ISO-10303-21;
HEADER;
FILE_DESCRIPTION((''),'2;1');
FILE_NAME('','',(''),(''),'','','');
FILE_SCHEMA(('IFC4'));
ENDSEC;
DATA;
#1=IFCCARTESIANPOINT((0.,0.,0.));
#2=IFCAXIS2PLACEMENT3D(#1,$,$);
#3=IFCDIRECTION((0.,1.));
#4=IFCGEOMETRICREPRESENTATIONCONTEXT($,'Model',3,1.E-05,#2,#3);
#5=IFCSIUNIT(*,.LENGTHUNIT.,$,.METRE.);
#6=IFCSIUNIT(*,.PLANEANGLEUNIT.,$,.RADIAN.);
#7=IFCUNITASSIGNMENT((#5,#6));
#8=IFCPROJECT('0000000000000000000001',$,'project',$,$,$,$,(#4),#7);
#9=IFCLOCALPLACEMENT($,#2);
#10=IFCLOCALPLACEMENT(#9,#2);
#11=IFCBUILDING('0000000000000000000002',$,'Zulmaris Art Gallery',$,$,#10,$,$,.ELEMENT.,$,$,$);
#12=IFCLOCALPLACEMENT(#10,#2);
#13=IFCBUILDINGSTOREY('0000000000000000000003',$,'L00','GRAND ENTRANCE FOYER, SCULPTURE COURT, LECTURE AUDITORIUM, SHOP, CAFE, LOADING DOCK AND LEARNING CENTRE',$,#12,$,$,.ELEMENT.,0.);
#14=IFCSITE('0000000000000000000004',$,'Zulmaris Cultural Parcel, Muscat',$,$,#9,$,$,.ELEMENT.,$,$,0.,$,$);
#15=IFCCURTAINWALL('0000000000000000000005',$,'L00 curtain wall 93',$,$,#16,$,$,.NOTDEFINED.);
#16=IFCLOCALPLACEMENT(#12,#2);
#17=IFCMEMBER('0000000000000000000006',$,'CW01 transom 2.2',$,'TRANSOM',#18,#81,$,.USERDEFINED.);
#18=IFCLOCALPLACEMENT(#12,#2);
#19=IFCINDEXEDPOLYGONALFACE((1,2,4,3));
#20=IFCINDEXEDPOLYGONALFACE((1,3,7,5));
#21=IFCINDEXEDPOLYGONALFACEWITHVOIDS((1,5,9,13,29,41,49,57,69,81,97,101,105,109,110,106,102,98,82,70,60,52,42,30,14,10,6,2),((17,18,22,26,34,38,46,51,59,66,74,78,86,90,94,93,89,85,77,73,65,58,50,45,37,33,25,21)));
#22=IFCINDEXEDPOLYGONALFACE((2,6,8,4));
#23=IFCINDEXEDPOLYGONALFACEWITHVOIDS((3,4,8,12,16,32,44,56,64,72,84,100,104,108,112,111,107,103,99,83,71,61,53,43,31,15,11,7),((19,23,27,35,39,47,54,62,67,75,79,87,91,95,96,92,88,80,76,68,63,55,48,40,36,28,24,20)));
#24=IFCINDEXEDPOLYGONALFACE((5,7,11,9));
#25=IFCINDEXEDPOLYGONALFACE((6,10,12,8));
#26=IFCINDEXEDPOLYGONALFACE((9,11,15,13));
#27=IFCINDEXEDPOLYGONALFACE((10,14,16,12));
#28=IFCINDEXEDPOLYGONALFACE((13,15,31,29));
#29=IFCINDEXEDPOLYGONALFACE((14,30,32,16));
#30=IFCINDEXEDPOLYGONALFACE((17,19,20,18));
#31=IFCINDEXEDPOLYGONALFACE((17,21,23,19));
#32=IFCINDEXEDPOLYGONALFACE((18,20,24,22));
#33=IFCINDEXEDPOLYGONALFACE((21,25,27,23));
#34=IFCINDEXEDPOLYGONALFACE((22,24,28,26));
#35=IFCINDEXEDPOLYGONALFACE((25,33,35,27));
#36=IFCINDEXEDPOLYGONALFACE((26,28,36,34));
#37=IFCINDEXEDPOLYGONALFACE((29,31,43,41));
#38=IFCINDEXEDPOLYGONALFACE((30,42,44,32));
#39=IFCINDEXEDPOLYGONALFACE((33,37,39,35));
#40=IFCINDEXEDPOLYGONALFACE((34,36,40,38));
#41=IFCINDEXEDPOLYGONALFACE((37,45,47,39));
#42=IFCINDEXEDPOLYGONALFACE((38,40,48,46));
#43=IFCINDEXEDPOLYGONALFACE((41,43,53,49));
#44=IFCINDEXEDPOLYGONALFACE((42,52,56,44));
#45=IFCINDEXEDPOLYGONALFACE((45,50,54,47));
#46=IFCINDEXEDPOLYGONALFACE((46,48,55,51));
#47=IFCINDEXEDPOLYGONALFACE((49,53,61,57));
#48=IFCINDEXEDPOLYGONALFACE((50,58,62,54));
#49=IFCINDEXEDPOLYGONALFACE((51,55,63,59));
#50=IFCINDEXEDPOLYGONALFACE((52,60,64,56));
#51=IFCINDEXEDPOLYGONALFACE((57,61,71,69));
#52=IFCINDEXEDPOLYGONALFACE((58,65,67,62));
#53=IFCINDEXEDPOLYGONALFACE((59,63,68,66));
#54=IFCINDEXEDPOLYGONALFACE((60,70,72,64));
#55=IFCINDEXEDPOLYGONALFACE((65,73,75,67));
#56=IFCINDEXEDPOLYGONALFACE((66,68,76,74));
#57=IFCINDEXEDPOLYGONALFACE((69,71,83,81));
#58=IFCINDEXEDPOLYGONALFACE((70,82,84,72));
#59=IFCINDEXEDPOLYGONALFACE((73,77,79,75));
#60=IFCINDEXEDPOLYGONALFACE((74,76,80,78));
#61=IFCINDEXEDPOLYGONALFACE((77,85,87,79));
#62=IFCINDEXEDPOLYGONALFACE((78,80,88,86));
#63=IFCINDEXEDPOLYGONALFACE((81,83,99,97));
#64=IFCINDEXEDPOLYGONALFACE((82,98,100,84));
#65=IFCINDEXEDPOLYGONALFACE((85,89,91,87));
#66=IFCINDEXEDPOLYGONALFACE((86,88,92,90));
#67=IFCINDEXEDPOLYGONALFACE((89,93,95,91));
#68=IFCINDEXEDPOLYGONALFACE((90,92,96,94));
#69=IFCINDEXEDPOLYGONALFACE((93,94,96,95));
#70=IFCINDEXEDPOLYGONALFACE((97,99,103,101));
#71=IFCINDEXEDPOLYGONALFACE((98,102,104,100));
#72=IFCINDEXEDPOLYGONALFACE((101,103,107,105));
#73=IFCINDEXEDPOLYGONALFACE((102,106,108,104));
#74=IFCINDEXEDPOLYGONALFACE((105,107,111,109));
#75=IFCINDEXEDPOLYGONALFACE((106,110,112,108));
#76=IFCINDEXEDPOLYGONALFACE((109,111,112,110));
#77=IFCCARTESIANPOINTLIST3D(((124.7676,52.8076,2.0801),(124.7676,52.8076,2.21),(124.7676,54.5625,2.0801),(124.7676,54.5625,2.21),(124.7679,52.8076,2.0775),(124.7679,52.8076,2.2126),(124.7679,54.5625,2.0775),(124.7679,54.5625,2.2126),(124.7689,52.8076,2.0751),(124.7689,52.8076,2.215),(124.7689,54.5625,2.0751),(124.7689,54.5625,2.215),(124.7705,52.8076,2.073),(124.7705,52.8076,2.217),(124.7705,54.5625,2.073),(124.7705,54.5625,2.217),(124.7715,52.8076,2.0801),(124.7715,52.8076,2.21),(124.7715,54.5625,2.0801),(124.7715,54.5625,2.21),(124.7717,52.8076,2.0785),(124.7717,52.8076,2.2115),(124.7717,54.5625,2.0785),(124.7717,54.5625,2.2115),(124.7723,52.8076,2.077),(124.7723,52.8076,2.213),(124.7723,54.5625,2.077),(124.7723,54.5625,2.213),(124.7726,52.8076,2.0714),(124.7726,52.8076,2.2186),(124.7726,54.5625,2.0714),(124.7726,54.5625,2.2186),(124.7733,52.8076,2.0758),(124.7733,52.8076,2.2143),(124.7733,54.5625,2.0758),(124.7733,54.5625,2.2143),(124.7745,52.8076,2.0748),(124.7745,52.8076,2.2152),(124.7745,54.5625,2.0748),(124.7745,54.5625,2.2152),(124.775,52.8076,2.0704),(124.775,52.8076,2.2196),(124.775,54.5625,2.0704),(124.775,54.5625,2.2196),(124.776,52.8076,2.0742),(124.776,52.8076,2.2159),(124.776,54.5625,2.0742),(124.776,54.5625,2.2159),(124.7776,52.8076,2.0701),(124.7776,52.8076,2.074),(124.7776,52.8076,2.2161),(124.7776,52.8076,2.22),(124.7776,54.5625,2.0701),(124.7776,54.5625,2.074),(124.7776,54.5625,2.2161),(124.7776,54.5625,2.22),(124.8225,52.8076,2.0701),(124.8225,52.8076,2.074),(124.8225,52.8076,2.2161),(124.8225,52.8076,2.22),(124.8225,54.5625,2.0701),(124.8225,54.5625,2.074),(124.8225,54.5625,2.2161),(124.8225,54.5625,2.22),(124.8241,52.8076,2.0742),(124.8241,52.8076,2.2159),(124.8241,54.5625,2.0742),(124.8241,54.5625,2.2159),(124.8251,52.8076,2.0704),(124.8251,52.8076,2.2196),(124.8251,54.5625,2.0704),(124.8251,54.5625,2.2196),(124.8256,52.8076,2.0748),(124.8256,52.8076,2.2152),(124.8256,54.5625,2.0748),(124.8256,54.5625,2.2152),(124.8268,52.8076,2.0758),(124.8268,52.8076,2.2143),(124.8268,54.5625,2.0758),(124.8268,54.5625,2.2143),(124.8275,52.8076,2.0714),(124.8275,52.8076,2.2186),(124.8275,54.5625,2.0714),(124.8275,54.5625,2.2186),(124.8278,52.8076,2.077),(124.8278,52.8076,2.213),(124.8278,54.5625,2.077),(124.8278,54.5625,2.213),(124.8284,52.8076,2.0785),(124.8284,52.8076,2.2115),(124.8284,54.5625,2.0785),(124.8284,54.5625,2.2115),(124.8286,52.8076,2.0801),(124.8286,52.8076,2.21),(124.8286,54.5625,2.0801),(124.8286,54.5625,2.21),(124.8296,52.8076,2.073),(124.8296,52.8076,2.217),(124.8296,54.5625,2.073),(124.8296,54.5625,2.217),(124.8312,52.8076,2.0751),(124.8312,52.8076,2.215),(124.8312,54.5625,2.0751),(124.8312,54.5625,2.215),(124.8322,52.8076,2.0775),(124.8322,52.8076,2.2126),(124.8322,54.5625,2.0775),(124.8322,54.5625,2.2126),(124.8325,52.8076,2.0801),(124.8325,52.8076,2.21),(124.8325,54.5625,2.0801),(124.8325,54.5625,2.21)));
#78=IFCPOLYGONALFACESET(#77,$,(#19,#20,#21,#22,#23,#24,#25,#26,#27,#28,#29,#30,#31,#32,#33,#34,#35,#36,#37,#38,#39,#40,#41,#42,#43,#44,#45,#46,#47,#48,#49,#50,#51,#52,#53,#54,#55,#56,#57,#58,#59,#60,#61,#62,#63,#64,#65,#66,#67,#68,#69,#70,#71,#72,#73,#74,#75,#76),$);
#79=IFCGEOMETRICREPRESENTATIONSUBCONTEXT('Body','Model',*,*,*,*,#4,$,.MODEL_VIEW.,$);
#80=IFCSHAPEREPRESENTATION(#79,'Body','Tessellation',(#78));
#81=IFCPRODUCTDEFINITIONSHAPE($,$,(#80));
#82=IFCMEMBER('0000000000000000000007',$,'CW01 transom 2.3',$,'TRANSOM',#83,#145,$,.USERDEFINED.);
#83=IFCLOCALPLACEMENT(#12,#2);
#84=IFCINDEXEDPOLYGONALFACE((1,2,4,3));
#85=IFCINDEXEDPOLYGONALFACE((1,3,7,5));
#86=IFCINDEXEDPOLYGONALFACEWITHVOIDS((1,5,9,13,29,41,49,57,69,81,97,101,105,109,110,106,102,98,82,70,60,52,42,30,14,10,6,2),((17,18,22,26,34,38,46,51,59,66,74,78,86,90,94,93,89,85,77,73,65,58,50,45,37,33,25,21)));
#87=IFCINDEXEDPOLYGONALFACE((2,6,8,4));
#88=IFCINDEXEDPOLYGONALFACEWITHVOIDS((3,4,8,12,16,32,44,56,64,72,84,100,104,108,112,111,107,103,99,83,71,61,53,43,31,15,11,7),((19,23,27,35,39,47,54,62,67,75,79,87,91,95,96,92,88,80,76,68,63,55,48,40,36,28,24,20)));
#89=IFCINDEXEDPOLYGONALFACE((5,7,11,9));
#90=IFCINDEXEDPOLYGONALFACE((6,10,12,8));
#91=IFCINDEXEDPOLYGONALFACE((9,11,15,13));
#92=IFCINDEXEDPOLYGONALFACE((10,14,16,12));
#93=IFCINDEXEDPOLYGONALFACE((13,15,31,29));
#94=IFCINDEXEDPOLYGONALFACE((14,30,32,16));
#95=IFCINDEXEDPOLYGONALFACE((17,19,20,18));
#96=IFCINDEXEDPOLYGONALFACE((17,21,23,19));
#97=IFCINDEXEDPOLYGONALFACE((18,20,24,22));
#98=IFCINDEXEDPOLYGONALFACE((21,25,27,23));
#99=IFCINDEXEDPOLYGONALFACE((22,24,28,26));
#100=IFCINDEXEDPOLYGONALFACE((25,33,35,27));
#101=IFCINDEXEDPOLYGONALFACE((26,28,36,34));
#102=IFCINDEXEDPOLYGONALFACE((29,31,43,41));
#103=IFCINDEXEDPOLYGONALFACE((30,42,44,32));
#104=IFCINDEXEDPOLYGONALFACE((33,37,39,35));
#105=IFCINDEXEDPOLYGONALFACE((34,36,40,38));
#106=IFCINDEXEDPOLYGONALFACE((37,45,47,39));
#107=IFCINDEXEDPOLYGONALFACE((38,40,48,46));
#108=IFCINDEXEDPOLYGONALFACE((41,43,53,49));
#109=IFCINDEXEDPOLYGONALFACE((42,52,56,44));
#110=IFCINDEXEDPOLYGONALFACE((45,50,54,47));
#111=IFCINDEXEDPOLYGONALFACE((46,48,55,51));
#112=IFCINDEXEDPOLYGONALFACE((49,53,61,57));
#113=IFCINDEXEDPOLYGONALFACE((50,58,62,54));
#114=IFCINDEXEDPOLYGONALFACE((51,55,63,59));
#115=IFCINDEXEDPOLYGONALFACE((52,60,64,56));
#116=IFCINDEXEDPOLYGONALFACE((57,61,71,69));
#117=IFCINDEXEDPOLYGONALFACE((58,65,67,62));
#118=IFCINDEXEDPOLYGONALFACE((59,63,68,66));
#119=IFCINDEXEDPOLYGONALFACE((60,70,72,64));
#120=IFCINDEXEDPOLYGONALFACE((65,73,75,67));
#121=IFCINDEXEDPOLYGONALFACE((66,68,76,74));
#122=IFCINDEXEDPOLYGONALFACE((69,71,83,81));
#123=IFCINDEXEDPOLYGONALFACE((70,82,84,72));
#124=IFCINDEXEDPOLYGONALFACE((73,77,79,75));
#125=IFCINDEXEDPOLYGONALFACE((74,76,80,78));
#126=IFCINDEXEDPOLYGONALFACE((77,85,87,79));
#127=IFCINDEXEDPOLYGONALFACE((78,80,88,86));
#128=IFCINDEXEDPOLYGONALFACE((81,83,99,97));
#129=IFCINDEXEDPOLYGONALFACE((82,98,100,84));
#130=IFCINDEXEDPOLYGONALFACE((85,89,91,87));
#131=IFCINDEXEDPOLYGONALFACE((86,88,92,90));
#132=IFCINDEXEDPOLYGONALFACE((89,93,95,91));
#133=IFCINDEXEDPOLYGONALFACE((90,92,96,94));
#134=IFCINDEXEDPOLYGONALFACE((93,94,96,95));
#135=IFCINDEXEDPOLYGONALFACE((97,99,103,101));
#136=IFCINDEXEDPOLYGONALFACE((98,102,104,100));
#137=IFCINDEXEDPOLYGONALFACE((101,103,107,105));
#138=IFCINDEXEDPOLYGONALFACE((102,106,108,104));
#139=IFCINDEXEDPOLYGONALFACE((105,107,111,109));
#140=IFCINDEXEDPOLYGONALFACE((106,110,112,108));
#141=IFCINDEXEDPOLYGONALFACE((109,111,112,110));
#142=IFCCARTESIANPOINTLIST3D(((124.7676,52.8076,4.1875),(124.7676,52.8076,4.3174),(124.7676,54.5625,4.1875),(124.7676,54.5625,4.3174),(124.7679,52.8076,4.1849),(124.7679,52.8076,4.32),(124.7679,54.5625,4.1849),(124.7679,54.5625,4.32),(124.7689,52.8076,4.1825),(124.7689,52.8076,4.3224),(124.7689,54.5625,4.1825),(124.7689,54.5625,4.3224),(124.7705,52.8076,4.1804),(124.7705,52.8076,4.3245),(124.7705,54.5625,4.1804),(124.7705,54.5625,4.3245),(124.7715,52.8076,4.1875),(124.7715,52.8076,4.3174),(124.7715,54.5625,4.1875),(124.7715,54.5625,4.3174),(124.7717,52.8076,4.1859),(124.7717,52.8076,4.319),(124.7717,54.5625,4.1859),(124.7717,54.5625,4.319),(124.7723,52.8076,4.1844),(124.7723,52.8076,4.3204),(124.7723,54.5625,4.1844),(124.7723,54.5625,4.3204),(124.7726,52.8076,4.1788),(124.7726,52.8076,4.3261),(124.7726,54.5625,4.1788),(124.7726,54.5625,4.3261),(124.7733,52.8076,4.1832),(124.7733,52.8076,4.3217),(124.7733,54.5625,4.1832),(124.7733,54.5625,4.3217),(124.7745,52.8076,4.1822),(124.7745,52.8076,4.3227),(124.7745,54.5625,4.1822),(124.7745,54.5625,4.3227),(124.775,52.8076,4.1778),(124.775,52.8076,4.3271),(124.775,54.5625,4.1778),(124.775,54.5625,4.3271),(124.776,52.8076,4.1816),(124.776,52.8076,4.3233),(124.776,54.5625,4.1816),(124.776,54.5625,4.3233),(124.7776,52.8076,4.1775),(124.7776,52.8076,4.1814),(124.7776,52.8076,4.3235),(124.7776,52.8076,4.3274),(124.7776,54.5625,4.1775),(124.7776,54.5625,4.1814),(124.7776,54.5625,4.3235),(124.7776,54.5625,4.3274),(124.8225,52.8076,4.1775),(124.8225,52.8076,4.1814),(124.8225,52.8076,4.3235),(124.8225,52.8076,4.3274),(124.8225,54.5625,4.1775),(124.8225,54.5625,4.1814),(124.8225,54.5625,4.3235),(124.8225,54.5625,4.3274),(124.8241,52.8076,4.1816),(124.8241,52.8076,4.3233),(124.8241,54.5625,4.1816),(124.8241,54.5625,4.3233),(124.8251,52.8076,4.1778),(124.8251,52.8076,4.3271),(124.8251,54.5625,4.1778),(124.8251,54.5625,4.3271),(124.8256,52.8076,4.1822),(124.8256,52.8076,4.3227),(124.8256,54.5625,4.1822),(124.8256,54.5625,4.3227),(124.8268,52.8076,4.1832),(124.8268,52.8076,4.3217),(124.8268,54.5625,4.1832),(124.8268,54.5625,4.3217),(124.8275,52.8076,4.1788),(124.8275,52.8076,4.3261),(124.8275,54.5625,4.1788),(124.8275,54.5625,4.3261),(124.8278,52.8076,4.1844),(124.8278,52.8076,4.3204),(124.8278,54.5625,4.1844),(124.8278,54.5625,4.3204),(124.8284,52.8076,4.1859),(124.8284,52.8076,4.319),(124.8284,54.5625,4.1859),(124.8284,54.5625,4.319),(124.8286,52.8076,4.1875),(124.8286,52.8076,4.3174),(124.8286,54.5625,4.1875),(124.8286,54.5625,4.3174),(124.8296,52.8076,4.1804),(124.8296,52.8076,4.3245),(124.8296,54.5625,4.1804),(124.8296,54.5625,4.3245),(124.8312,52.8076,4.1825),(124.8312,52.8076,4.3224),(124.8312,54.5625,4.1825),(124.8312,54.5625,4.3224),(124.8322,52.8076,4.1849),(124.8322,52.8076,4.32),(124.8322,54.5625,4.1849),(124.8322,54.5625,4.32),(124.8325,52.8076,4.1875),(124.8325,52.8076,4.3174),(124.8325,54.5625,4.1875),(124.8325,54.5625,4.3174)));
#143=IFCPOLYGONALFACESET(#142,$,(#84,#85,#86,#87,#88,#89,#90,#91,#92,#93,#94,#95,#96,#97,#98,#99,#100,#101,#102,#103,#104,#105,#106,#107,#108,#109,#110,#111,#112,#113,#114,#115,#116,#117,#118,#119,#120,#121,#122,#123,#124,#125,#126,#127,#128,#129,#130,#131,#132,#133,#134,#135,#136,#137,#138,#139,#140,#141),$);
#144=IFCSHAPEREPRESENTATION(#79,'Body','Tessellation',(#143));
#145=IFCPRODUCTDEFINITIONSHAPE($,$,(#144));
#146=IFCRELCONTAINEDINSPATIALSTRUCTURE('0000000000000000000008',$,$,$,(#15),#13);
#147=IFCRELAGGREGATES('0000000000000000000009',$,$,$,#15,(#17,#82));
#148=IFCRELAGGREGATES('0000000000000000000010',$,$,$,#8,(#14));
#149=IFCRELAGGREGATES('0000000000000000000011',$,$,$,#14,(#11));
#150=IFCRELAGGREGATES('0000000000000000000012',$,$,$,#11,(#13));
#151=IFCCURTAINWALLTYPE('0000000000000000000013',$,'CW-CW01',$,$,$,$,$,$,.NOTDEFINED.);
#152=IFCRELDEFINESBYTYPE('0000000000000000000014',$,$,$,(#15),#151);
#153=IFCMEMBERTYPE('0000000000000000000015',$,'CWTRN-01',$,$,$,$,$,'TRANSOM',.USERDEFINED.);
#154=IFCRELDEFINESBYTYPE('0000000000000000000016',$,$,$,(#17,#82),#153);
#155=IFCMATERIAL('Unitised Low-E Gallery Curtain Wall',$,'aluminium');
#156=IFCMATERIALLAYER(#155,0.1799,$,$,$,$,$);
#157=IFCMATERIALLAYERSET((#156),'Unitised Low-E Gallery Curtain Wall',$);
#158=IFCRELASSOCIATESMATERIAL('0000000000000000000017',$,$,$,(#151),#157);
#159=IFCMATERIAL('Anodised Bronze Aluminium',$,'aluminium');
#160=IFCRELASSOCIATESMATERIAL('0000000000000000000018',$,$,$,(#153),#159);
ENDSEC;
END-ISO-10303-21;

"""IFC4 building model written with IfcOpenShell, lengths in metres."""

from ifc_helpers import new_model, si_unit, direction, frame, origin, origin_2d, place, context, subcontext, project, spatial, hollow_rectangle, extrude, material, layer, layer_set, material_profile, profile_set, type_object, element, aggregate, save


model = new_model("IFC4")

# Units and contexts
model_context = context("Model", 3, precision=1e-05, world=origin(), true_north=direction((0.0, 1.0)))
body_context = subcontext(model_context, "Body", "Model", "MODEL_VIEW")
ifc_project = project(units=[si_unit("LENGTHUNIT", "METRE"), si_unit("PLANEANGLEUNIT", "RADIAN")], contexts=[model_context])

# Site, building, storey
site_placement = place(None, origin())
site = spatial("IfcSite", under=ifc_project, at=site_placement, Name="Zulmaris Cultural Parcel, Muscat", CompositionType="ELEMENT", RefElevation=0.0)
building_placement = place(site_placement, origin())
building = spatial("IfcBuilding", under=site, at=building_placement, Name="Zulmaris Art Gallery", CompositionType="ELEMENT")
storey_placement = place(building_placement, origin())
storey = spatial("IfcBuildingStorey", under=building, at=storey_placement, Name="L00", Description="GRAND ENTRANCE FOYER, SCULPTURE COURT, LECTURE AUDITORIUM, SHOP, CAFE, LOADING DOCK AND LEARNING CENTRE", CompositionType="ELEMENT", Elevation=0.0)

# Curtain wall
ifc_material_1 = material(Name="Unitised Low-E Gallery Curtain Wall", Category="aluminium")
ifc_layer_1 = layer(ifc_material_1, 0.1799)
ifc_layer_set_1 = layer_set([ifc_layer_1], Name="Unitised Low-E Gallery Curtain Wall")
curtain_wall_type = type_object("IfcCurtainWallType", Name="CW-CW01", PredefinedType="NOTDEFINED", material=ifc_layer_set_1)
ifc_material_2 = material(Name="Anodised Bronze Aluminium", Category="aluminium")
curtain_wall_1_placement = place(storey_placement, origin())
curtain_wall_1 = element("IfcCurtainWall", 1, at=curtain_wall_1_placement, inside=storey, type_object=curtain_wall_type, Name="L00 curtain wall 93", PredefinedType="NOTDEFINED")

# Members
ifc_material_profile_1 = material_profile(ifc_material_2, hollow_rectangle(XDim=0.0649, YDim=0.1499, WallThickness=0.0039, InnerFilletRadius=0.0061, OuterFilletRadius=0.01, at=origin_2d()), Name="ALU 65x150x4")
ifc_profile_set_1 = profile_set([ifc_material_profile_1], Name="Anodised Bronze Aluminium")
member_type_1 = type_object("IfcMemberType", Name="CWTRN-01", ElementType="TRANSOM", PredefinedType="USERDEFINED", material=ifc_profile_set_1)
member_1_placement = place(storey_placement, frame((124.8, 52.8076, 2.145), z_axis=(0.0, 1.0, 0.0), x_axis=(-1.0, 0.0, 0.0)))
member_1 = element("IfcMember", 2, at=member_1_placement, type_object=member_type_1, Name="CW01 transom 2.2", ObjectType="TRANSOM", PredefinedType="USERDEFINED", context=body_context, shape_type="SweptSolid", body=[
    extrude(hollow_rectangle(XDim=0.0649, YDim=0.1499, WallThickness=0.0039, InnerFilletRadius=0.0061, OuterFilletRadius=0.01, at=origin_2d()), origin(), (0.0, 0.0, 1.0), 1.7549),
])
member_2_placement = place(storey_placement, frame((124.8, 52.8076, 4.2524), z_axis=(0.0, 1.0, 0.0), x_axis=(-1.0, 0.0, 0.0)))
member_2 = element("IfcMember", 3, at=member_2_placement, type_object=member_type_1, Name="CW01 transom 2.3", ObjectType="TRANSOM", PredefinedType="USERDEFINED", context=body_context, shape_type="SweptSolid", body=[
    extrude(hollow_rectangle(XDim=0.0649, YDim=0.1499, WallThickness=0.0039, InnerFilletRadius=0.0061, OuterFilletRadius=0.01, at=origin_2d()), origin(), (0.0, 0.0, 1.0), 1.7549),
])

aggregate(curtain_wall_1, [member_1, member_2])

save(model, "model.ifc")
